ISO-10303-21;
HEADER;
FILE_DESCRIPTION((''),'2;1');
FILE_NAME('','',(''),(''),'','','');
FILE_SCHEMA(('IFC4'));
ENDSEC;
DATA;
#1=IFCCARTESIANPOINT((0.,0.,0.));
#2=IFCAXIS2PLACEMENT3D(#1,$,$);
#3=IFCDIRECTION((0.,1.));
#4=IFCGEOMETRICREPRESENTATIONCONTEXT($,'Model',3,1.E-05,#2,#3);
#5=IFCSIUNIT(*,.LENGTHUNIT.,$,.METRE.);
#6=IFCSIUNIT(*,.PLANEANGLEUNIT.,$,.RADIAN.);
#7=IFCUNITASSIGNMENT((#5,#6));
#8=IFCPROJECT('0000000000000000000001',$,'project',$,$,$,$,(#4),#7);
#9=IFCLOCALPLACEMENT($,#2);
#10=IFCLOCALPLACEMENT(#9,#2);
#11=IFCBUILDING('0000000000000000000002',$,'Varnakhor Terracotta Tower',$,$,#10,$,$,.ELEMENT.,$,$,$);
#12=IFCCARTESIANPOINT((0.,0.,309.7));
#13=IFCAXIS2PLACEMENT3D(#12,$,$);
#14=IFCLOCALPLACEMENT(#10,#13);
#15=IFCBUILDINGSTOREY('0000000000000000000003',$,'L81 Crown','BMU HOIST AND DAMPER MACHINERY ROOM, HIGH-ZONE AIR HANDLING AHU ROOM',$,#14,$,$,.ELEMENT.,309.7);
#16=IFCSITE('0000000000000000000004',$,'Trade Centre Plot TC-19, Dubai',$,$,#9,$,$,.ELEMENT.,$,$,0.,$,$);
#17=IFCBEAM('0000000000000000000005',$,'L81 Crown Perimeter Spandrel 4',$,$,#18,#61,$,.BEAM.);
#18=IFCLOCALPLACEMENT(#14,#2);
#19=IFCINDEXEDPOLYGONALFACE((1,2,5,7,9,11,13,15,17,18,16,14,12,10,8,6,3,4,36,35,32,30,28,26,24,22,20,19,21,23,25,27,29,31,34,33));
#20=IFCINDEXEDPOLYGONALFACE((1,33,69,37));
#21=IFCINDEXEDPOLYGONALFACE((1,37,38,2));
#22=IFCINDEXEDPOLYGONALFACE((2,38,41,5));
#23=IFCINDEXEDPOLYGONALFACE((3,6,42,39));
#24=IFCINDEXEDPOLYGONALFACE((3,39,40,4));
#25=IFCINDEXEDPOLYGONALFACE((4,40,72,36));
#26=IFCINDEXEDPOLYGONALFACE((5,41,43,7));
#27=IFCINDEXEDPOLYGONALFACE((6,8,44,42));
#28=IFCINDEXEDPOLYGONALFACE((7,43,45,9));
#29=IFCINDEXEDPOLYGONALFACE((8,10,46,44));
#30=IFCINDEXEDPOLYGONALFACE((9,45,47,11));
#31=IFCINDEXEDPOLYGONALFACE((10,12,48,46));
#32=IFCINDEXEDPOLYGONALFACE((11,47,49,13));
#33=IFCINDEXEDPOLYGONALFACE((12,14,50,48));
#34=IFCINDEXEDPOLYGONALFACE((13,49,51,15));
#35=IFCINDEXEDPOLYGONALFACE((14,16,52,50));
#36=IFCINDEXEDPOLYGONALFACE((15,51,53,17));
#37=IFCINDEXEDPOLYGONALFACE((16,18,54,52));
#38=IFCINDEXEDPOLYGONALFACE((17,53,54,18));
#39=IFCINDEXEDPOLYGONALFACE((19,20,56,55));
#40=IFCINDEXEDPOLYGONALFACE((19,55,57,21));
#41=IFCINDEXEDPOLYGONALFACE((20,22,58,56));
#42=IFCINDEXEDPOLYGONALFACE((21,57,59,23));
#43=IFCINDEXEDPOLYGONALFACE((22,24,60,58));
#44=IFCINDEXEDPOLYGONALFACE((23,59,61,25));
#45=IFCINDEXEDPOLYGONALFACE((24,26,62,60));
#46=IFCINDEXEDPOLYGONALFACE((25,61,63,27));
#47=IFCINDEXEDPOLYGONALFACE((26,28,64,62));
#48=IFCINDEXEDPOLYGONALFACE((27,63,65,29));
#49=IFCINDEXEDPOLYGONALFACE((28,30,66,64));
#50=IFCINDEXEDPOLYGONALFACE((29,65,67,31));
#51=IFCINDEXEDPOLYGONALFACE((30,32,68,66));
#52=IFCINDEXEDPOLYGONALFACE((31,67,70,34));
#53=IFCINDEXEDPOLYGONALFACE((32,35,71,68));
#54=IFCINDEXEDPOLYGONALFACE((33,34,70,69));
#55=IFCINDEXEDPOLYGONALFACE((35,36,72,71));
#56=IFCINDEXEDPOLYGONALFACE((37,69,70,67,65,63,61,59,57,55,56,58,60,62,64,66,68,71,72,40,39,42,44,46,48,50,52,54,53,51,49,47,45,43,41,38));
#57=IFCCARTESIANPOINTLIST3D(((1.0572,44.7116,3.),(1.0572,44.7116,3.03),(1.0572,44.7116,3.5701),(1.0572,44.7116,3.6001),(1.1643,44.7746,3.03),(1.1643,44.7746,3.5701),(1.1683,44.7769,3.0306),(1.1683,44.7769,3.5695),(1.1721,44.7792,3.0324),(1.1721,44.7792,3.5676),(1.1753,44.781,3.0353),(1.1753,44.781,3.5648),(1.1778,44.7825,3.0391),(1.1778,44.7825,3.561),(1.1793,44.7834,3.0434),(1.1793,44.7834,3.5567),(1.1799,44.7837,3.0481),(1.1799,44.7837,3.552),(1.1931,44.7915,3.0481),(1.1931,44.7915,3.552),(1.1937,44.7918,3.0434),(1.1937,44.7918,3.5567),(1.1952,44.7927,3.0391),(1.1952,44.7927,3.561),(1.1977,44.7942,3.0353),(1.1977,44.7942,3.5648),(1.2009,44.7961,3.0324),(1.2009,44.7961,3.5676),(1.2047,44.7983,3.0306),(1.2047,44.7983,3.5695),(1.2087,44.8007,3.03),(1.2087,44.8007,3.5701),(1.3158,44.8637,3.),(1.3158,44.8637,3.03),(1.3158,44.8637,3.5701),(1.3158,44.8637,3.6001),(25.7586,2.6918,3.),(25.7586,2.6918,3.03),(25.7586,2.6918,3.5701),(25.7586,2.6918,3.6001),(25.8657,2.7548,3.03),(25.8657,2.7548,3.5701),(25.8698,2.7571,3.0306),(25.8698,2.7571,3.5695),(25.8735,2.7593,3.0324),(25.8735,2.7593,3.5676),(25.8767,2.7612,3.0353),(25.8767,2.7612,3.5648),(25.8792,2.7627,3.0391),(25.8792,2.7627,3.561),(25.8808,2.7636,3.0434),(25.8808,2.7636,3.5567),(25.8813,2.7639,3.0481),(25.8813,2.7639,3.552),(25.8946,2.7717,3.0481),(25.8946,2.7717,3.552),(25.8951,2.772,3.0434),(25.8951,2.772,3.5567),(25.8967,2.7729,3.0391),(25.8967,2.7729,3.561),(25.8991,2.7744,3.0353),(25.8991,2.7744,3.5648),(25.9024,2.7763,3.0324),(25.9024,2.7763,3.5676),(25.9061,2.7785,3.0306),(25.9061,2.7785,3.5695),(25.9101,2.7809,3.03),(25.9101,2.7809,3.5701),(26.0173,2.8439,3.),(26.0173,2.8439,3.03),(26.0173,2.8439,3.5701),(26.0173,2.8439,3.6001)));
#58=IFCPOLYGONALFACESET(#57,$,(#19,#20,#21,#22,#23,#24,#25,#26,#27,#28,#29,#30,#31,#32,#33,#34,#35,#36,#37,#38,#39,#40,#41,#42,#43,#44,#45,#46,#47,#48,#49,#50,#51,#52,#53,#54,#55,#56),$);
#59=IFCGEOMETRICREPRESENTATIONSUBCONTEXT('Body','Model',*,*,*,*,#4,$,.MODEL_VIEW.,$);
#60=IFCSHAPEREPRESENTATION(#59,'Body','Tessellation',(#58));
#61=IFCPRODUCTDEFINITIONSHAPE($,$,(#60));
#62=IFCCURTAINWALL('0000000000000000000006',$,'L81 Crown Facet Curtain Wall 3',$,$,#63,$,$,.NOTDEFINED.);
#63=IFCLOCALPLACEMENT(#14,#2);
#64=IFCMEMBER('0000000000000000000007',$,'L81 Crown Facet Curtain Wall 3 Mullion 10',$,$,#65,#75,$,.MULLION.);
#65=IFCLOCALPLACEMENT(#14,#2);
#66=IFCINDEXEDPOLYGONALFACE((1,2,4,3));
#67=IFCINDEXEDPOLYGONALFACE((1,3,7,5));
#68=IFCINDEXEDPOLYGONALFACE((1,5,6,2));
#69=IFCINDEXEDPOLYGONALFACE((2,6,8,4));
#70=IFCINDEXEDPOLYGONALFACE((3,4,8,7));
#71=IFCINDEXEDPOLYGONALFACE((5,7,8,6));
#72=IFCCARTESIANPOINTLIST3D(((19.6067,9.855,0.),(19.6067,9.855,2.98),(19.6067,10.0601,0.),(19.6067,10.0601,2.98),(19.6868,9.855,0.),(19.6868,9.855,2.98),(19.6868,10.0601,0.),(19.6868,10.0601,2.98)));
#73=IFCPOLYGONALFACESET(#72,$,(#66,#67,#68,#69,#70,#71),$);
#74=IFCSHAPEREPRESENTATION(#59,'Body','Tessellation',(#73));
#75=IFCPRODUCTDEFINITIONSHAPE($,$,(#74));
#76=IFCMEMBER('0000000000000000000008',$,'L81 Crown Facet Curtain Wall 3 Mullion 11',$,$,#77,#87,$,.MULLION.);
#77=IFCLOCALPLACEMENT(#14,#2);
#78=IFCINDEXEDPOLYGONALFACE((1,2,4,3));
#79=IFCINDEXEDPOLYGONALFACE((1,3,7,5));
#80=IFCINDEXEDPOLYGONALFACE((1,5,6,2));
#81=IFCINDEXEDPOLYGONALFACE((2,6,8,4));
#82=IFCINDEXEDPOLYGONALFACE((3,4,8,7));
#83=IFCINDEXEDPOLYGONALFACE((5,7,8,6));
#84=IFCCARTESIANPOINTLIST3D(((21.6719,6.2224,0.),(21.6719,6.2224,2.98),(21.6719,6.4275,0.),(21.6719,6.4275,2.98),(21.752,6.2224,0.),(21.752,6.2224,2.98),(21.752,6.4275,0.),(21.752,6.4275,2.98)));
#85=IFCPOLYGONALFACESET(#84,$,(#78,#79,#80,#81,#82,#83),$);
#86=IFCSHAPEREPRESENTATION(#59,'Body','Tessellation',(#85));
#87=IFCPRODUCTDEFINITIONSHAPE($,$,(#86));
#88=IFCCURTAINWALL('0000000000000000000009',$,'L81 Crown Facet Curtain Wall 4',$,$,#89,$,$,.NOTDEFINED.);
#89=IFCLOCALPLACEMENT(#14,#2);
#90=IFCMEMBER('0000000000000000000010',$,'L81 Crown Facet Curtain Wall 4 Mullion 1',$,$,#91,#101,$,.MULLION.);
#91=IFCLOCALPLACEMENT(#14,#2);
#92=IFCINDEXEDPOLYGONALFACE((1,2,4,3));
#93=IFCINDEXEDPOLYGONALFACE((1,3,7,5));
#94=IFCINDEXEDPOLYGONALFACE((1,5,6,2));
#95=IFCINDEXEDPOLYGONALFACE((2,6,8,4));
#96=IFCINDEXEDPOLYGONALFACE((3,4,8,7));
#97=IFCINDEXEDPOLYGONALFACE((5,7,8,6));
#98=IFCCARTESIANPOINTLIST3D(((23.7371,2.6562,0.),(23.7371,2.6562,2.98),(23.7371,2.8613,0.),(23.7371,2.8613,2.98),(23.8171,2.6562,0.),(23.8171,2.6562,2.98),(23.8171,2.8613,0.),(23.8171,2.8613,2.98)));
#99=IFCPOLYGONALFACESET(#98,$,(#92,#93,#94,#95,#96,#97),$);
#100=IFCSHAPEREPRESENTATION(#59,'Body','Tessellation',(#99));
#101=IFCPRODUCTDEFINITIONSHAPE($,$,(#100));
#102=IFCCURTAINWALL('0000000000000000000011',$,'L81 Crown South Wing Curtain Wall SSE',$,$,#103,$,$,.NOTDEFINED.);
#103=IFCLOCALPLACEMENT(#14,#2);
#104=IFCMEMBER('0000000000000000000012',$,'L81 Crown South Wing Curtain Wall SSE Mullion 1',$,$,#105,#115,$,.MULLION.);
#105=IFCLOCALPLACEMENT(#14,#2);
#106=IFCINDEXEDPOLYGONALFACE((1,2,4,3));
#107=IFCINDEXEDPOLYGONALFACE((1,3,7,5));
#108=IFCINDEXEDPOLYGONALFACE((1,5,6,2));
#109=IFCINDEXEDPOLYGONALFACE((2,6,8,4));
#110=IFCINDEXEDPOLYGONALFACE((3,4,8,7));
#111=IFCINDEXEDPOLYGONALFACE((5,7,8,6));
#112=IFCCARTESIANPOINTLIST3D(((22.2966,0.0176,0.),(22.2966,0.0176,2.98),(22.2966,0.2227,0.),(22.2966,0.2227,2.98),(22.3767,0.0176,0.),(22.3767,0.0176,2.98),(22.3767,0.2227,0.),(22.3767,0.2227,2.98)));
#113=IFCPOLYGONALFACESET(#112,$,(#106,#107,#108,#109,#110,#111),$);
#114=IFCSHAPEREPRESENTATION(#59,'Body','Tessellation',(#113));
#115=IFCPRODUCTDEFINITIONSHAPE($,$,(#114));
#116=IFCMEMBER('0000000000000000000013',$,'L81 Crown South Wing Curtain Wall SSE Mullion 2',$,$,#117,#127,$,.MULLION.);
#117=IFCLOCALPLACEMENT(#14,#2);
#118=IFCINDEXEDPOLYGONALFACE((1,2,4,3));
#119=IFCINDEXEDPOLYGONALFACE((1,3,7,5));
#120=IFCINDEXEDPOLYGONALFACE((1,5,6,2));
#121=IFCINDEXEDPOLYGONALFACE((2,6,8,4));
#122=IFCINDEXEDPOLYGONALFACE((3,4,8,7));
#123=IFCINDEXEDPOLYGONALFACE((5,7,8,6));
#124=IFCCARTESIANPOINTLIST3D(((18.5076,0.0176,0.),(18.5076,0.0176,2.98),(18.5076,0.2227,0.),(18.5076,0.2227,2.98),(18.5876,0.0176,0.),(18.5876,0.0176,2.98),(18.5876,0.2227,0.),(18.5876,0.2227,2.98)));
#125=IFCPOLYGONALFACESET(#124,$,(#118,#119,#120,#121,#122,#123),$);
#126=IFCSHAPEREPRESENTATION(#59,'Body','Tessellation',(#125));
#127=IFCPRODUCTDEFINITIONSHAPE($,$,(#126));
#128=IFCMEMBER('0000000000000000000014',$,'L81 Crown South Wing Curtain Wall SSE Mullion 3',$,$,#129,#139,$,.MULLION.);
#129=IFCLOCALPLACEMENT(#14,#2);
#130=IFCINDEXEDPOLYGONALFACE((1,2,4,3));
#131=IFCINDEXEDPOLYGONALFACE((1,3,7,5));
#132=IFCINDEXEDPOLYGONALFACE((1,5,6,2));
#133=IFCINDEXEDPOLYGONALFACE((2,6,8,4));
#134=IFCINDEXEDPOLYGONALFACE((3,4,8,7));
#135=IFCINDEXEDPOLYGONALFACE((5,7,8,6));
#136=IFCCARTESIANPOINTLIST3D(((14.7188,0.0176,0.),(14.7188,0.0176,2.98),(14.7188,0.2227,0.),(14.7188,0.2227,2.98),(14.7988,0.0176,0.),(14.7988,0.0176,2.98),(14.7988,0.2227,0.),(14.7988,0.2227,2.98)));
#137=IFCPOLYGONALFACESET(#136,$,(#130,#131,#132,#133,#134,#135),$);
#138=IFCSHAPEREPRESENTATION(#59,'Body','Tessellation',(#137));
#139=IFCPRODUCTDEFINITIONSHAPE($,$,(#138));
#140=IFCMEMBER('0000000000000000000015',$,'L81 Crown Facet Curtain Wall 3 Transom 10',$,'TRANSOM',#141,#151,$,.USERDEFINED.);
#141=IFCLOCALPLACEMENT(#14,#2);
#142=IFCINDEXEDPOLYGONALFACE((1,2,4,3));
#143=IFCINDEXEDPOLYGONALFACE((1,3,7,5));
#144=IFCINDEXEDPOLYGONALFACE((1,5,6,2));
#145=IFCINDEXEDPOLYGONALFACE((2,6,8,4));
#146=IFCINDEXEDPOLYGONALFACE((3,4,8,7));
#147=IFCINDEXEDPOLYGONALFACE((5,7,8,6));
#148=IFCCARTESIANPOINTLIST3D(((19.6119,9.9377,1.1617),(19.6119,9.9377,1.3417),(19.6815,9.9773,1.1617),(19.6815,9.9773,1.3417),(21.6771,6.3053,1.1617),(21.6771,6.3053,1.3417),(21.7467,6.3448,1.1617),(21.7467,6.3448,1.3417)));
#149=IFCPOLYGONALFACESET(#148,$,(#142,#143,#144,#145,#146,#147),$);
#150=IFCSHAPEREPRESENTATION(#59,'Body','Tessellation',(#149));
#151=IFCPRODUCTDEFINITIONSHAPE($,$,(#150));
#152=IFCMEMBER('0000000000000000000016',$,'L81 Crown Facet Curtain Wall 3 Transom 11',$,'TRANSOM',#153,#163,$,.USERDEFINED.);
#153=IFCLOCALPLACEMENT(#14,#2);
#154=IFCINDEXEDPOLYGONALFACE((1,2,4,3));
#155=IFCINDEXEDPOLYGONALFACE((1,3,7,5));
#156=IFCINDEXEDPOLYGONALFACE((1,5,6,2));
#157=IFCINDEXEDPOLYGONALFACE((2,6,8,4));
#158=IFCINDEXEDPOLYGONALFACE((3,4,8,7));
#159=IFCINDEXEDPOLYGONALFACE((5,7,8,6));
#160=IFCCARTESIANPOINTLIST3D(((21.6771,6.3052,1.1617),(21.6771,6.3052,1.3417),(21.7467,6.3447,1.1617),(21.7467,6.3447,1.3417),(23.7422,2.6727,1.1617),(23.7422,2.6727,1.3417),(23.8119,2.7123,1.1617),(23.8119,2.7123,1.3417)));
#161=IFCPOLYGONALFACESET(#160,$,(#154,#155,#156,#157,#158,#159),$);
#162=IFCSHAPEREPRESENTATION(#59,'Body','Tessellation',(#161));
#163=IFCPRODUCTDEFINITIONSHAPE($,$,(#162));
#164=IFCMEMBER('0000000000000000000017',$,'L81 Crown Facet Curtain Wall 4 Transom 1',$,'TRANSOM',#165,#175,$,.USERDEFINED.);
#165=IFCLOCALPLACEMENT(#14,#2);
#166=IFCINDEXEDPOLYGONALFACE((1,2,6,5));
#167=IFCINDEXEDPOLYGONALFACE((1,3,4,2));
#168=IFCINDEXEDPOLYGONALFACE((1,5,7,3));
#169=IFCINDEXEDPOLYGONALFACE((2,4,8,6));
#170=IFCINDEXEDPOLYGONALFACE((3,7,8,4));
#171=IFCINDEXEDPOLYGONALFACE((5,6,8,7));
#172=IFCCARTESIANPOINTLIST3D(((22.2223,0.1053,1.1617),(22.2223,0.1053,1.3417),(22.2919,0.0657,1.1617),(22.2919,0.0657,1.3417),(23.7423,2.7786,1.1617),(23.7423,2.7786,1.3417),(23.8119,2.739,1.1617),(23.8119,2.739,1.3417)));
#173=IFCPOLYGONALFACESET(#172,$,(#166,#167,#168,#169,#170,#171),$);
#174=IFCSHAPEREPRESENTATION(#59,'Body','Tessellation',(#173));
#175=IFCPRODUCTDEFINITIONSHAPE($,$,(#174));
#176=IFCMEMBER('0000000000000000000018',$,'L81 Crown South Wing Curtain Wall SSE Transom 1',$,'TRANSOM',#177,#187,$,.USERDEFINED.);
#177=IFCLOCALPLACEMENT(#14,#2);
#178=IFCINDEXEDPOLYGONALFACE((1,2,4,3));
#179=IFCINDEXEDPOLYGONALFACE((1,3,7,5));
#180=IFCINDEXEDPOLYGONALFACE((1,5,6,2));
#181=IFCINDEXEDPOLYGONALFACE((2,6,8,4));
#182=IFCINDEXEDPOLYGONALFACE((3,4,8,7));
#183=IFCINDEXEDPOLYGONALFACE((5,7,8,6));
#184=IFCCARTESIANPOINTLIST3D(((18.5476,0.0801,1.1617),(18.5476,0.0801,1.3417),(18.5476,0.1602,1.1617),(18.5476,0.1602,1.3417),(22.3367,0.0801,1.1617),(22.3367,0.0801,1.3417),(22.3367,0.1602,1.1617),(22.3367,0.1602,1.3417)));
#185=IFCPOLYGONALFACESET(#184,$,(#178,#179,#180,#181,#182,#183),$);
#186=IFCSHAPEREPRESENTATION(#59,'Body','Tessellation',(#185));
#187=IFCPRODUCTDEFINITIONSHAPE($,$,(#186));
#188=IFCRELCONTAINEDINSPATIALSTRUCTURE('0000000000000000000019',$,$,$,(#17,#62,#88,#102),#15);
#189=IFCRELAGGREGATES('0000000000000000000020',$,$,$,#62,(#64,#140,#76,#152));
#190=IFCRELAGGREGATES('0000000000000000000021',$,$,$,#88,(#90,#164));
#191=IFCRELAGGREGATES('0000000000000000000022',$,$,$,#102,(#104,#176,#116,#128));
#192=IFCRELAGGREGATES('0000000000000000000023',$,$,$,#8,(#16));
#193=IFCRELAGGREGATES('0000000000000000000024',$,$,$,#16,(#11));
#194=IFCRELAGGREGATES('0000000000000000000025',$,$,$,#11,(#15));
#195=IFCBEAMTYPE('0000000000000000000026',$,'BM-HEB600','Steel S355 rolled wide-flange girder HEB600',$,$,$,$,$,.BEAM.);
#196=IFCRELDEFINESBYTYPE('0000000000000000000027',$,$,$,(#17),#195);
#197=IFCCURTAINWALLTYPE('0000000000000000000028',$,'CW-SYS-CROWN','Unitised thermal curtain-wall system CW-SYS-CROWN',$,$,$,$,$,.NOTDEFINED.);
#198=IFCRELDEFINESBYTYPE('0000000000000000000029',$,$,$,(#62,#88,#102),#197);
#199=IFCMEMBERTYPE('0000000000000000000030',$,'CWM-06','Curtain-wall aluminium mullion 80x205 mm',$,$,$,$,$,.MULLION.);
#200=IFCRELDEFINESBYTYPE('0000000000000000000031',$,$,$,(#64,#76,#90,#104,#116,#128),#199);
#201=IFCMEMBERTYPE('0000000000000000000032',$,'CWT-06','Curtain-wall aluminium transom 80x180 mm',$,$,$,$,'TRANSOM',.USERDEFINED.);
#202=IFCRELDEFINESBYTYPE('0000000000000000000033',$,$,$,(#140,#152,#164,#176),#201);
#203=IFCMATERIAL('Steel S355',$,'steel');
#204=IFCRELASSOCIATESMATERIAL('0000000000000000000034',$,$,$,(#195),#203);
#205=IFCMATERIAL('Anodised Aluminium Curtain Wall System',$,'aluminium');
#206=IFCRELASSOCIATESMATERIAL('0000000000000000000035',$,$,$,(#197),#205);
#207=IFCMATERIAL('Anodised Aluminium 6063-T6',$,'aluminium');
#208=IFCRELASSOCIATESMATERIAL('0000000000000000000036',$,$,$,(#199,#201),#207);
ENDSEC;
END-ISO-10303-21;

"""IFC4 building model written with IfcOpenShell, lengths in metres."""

from ifc_helpers import new_model, si_unit, direction, frame, origin, origin_2d, place, context, subcontext, project, spatial, rectangle, i_section, extrude, source, transform, mapped, material, material_profile, profile_set, type_object, type_shapes, element, aggregate, save


model = new_model("IFC4")

# Units and contexts
model_context = context("Model", 3, precision=1e-05, world=origin(), true_north=direction((0.0, 1.0)))
body_context = subcontext(model_context, "Body", "Model", "MODEL_VIEW")
ifc_project = project(units=[si_unit("LENGTHUNIT", "METRE"), si_unit("PLANEANGLEUNIT", "RADIAN")], contexts=[model_context])

# Site, building, storey
site_placement = place(None, origin())
site = spatial("IfcSite", under=ifc_project, at=site_placement, Name="Trade Centre Plot TC-19, Dubai", CompositionType="ELEMENT", RefElevation=0.0)
building_placement = place(site_placement, origin())
building = spatial("IfcBuilding", under=site, at=building_placement, Name="Varnakhor Terracotta Tower", CompositionType="ELEMENT")
storey_placement = place(building_placement, frame((0.0, 0.0, 309.7)))
storey = spatial("IfcBuildingStorey", under=building, at=storey_placement, Name="L81 Crown", Description="BMU HOIST AND DAMPER MACHINERY ROOM, HIGH-ZONE AIR HANDLING AHU ROOM", CompositionType="ELEMENT", Elevation=309.7)

# Shared definitions
ifc_material_1 = material(Name="Steel S355", Category="steel")

# Beam
ifc_material_profile_1 = material_profile(ifc_material_1, i_section(OverallWidth=0.3, OverallDepth=0.6001, WebThickness=0.0154, FlangeThickness=0.03, FilletRadius=0.0181, at=origin_2d()), Name="HEB600")
ifc_profile_set_1 = profile_set([ifc_material_profile_1], Name="Steel S355")
beam_type = type_object("IfcBeamType", Name="BM-HEB600", Description="Steel S355 rolled wide-flange girder HEB600", PredefinedType="BEAM", material=ifc_profile_set_1)
shared_shape_1 = source(origin(), body_context, "Body", "SweptSolid", [
    extrude(i_section(OverallWidth=0.3, OverallDepth=0.6001, WebThickness=0.0154, FlangeThickness=0.03, FilletRadius=0.0181, at=origin_2d()), origin(), (0.0, 0.0, 1.0), 48.7424),
])
beam_1_placement = place(storey_placement, frame((25.8879, 2.7678, 3.3), z_axis=(-0.506775, 0.862079, 0.0), x_axis=(-0.862079, -0.506775, 0.0)))
element("IfcBeam", 1, at=beam_1_placement, inside=storey, type_object=beam_type, Name="L81 Crown Perimeter Spandrel 4", PredefinedType="BEAM", context=body_context, shape_type="MappedRepresentation", body=[
    mapped(shared_shape_1, transform((0.0, 0.0, 0.0), scale=1.0)),
])

# Curtain wall, members
ifc_material_2 = material(Name="Anodised Aluminium Curtain Wall System", Category="aluminium")
curtain_wall_type = type_object("IfcCurtainWallType", Name="CW-SYS-CROWN", Description="Unitised thermal curtain-wall system CW-SYS-CROWN", PredefinedType="NOTDEFINED", material=ifc_material_2)
curtain_wall_1_placement = place(storey_placement, origin())
curtain_wall_1 = element("IfcCurtainWall", 2, at=curtain_wall_1_placement, inside=storey, type_object=curtain_wall_type, Name="L81 Crown Facet Curtain Wall 3", PredefinedType="NOTDEFINED")
ifc_material_3 = material(Name="Anodised Aluminium 6063-T6", Category="aluminium")
ifc_material_profile_2 = material_profile(ifc_material_3, rectangle(XDim=0.0801, YDim=0.2051, at=origin_2d()), Name="ALU MULLION 80x205")
ifc_profile_set_2 = profile_set([ifc_material_profile_2], Name="Anodised Aluminium 6063-T6")
member_type_1 = type_object("IfcMemberType", Name="CWM-06", Description="Curtain-wall aluminium mullion 80x205 mm", PredefinedType="MULLION", material=ifc_profile_set_2)
shared_shape_2 = source(origin(), body_context, "Body", "SweptSolid", [
    extrude(rectangle(XDim=0.0801, YDim=0.2051, at=origin_2d()), origin(), (0.0, 0.0, 1.0), 2.98),
])
type_shapes(member_type_1, [shared_shape_2])
member_1_placement = place(storey_placement, frame((19.6467, 9.9575, 0.0), z_axis=(0.0, 0.0, 1.0), x_axis=(1.0, 0.0, 0.0)))
member_1 = element("IfcMember", 3, at=member_1_placement, type_object=member_type_1, Name="L81 Crown Facet Curtain Wall 3 Mullion 10", PredefinedType="MULLION", context=body_context, shape_type="MappedRepresentation", body=[
    mapped(shared_shape_2, transform((0.0, 0.0, 0.0), scale=1.0)),
])
member_2_placement = place(storey_placement, frame((21.7119, 6.325, 0.0), z_axis=(0.0, 0.0, 1.0), x_axis=(1.0, 0.0, 0.0)))
member_2 = element("IfcMember", 4, at=member_2_placement, type_object=member_type_1, Name="L81 Crown Facet Curtain Wall 3 Mullion 11", PredefinedType="MULLION", context=body_context, shape_type="MappedRepresentation", body=[
    mapped(shared_shape_2, transform((0.0, 0.0, 0.0), scale=1.0)),
])

# Curtain wall, member
curtain_wall_2_placement = place(storey_placement, origin())
curtain_wall_2 = element("IfcCurtainWall", 5, at=curtain_wall_2_placement, inside=storey, type_object=curtain_wall_type, Name="L81 Crown Facet Curtain Wall 4", PredefinedType="NOTDEFINED")
member_3_placement = place(storey_placement, frame((23.7771, 2.7588, 0.0), z_axis=(0.0, 0.0, 1.0), x_axis=(1.0, 0.0, 0.0)))
member_3 = element("IfcMember", 6, at=member_3_placement, type_object=member_type_1, Name="L81 Crown Facet Curtain Wall 4 Mullion 1", PredefinedType="MULLION", context=body_context, shape_type="MappedRepresentation", body=[
    mapped(shared_shape_2, transform((0.0, 0.0, 0.0), scale=1.0)),
])

# Curtain wall, members
curtain_wall_3_placement = place(storey_placement, origin())
curtain_wall_3 = element("IfcCurtainWall", 7, at=curtain_wall_3_placement, inside=storey, type_object=curtain_wall_type, Name="L81 Crown South Wing Curtain Wall SSE", PredefinedType="NOTDEFINED")
member_4_placement = place(storey_placement, frame((22.3367, 0.1201, 0.0), z_axis=(0.0, 0.0, 1.0), x_axis=(1.0, 0.0, 0.0)))
member_4 = element("IfcMember", 8, at=member_4_placement, type_object=member_type_1, Name="L81 Crown South Wing Curtain Wall SSE Mullion 1", PredefinedType="MULLION", context=body_context, shape_type="MappedRepresentation", body=[
    mapped(shared_shape_2, transform((0.0, 0.0, 0.0), scale=1.0)),
])
member_5_placement = place(storey_placement, frame((18.5476, 0.1201, 0.0), z_axis=(0.0, 0.0, 1.0), x_axis=(1.0, 0.0, 0.0)))
member_5 = element("IfcMember", 9, at=member_5_placement, type_object=member_type_1, Name="L81 Crown South Wing Curtain Wall SSE Mullion 2", PredefinedType="MULLION", context=body_context, shape_type="MappedRepresentation", body=[
    mapped(shared_shape_2, transform((0.0, 0.0, 0.0), scale=1.0)),
])
member_6_placement = place(storey_placement, frame((14.7588, 0.1201, 0.0), z_axis=(0.0, 0.0, 1.0), x_axis=(1.0, 0.0, 0.0)))
member_6 = element("IfcMember", 10, at=member_6_placement, type_object=member_type_1, Name="L81 Crown South Wing Curtain Wall SSE Mullion 3", PredefinedType="MULLION", context=body_context, shape_type="MappedRepresentation", body=[
    mapped(shared_shape_2, transform((0.0, 0.0, 0.0), scale=1.0)),
])

# Members
ifc_material_profile_3 = material_profile(ifc_material_3, rectangle(XDim=0.0801, YDim=0.1799, at=origin_2d()), Name="ALU TRANSOM 80x180")
ifc_profile_set_3 = profile_set([ifc_material_profile_3], Name="Anodised Aluminium 6063-T6")
member_type_2 = type_object("IfcMemberType", Name="CWT-06", Description="Curtain-wall aluminium transom 80x180 mm", ElementType="TRANSOM", PredefinedType="USERDEFINED", material=ifc_profile_set_3)
shared_shape_3 = source(origin(), body_context, "Body", "SweptSolid", [
    extrude(rectangle(XDim=0.0801, YDim=0.1799, at=origin_2d()), origin(), (0.0, 0.0, 1.0), 4.1785),
])
member_7_placement = place(storey_placement, frame((19.6467, 9.9575, 1.2517), z_axis=(0.494231, -0.86933, 0.0), x_axis=(0.86933, 0.494231, 0.0)))
member_7 = element("IfcMember", 11, at=member_7_placement, type_object=member_type_2, Name="L81 Crown Facet Curtain Wall 3 Transom 10", ObjectType="TRANSOM", PredefinedType="USERDEFINED", context=body_context, shape_type="MappedRepresentation", body=[
    mapped(shared_shape_3, transform((0.0, 0.0, 0.0), scale=1.0)),
])
member_8_placement = place(storey_placement, frame((21.7119, 6.325, 1.2517), z_axis=(0.494231, -0.86933, 0.0), x_axis=(0.86933, 0.494231, 0.0)))
member_8 = element("IfcMember", 12, at=member_8_placement, type_object=member_type_2, Name="L81 Crown Facet Curtain Wall 3 Transom 11", ObjectType="TRANSOM", PredefinedType="USERDEFINED", context=body_context, shape_type="MappedRepresentation", body=[
    mapped(shared_shape_3, transform((0.0, 0.0, 0.0), scale=1.0)),
])
shared_shape_4 = source(origin(), body_context, "Body", "SweptSolid", [
    extrude(rectangle(XDim=0.0801, YDim=0.1799, at=origin_2d()), origin(), (0.0, 0.0, 1.0), 3.0752),
])
member_9_placement = place(storey_placement, frame((23.7771, 2.7588, 1.2517), z_axis=(-0.494274, -0.869306, 0.0), x_axis=(0.869306, -0.494274, 0.0)))
member_9 = element("IfcMember", 13, at=member_9_placement, type_object=member_type_2, Name="L81 Crown Facet Curtain Wall 4 Transom 1", ObjectType="TRANSOM", PredefinedType="USERDEFINED", context=body_context, shape_type="MappedRepresentation", body=[
    mapped(shared_shape_4, transform((0.0, 0.0, 0.0), scale=1.0)),
])
shared_shape_5 = source(origin(), body_context, "Body", "SweptSolid", [
    extrude(rectangle(XDim=0.0801, YDim=0.1799, at=origin_2d()), origin(), (0.0, 0.0, 1.0), 3.7891),
])
member_10_placement = place(storey_placement, frame((22.3367, 0.1201, 1.2517), z_axis=(-1.0, 0.0, 0.0), x_axis=(0.0, -1.0, 0.0)))
member_10 = element("IfcMember", 14, at=member_10_placement, type_object=member_type_2, Name="L81 Crown South Wing Curtain Wall SSE Transom 1", ObjectType="TRANSOM", PredefinedType="USERDEFINED", context=body_context, shape_type="MappedRepresentation", body=[
    mapped(shared_shape_5, transform((0.0, 0.0, 0.0), scale=1.0)),
])

aggregate(curtain_wall_1, [member_1, member_7, member_2, member_8])
aggregate(curtain_wall_2, [member_3, member_9])
aggregate(curtain_wall_3, [member_4, member_10, member_5, member_6])

save(model, "model.ifc")
